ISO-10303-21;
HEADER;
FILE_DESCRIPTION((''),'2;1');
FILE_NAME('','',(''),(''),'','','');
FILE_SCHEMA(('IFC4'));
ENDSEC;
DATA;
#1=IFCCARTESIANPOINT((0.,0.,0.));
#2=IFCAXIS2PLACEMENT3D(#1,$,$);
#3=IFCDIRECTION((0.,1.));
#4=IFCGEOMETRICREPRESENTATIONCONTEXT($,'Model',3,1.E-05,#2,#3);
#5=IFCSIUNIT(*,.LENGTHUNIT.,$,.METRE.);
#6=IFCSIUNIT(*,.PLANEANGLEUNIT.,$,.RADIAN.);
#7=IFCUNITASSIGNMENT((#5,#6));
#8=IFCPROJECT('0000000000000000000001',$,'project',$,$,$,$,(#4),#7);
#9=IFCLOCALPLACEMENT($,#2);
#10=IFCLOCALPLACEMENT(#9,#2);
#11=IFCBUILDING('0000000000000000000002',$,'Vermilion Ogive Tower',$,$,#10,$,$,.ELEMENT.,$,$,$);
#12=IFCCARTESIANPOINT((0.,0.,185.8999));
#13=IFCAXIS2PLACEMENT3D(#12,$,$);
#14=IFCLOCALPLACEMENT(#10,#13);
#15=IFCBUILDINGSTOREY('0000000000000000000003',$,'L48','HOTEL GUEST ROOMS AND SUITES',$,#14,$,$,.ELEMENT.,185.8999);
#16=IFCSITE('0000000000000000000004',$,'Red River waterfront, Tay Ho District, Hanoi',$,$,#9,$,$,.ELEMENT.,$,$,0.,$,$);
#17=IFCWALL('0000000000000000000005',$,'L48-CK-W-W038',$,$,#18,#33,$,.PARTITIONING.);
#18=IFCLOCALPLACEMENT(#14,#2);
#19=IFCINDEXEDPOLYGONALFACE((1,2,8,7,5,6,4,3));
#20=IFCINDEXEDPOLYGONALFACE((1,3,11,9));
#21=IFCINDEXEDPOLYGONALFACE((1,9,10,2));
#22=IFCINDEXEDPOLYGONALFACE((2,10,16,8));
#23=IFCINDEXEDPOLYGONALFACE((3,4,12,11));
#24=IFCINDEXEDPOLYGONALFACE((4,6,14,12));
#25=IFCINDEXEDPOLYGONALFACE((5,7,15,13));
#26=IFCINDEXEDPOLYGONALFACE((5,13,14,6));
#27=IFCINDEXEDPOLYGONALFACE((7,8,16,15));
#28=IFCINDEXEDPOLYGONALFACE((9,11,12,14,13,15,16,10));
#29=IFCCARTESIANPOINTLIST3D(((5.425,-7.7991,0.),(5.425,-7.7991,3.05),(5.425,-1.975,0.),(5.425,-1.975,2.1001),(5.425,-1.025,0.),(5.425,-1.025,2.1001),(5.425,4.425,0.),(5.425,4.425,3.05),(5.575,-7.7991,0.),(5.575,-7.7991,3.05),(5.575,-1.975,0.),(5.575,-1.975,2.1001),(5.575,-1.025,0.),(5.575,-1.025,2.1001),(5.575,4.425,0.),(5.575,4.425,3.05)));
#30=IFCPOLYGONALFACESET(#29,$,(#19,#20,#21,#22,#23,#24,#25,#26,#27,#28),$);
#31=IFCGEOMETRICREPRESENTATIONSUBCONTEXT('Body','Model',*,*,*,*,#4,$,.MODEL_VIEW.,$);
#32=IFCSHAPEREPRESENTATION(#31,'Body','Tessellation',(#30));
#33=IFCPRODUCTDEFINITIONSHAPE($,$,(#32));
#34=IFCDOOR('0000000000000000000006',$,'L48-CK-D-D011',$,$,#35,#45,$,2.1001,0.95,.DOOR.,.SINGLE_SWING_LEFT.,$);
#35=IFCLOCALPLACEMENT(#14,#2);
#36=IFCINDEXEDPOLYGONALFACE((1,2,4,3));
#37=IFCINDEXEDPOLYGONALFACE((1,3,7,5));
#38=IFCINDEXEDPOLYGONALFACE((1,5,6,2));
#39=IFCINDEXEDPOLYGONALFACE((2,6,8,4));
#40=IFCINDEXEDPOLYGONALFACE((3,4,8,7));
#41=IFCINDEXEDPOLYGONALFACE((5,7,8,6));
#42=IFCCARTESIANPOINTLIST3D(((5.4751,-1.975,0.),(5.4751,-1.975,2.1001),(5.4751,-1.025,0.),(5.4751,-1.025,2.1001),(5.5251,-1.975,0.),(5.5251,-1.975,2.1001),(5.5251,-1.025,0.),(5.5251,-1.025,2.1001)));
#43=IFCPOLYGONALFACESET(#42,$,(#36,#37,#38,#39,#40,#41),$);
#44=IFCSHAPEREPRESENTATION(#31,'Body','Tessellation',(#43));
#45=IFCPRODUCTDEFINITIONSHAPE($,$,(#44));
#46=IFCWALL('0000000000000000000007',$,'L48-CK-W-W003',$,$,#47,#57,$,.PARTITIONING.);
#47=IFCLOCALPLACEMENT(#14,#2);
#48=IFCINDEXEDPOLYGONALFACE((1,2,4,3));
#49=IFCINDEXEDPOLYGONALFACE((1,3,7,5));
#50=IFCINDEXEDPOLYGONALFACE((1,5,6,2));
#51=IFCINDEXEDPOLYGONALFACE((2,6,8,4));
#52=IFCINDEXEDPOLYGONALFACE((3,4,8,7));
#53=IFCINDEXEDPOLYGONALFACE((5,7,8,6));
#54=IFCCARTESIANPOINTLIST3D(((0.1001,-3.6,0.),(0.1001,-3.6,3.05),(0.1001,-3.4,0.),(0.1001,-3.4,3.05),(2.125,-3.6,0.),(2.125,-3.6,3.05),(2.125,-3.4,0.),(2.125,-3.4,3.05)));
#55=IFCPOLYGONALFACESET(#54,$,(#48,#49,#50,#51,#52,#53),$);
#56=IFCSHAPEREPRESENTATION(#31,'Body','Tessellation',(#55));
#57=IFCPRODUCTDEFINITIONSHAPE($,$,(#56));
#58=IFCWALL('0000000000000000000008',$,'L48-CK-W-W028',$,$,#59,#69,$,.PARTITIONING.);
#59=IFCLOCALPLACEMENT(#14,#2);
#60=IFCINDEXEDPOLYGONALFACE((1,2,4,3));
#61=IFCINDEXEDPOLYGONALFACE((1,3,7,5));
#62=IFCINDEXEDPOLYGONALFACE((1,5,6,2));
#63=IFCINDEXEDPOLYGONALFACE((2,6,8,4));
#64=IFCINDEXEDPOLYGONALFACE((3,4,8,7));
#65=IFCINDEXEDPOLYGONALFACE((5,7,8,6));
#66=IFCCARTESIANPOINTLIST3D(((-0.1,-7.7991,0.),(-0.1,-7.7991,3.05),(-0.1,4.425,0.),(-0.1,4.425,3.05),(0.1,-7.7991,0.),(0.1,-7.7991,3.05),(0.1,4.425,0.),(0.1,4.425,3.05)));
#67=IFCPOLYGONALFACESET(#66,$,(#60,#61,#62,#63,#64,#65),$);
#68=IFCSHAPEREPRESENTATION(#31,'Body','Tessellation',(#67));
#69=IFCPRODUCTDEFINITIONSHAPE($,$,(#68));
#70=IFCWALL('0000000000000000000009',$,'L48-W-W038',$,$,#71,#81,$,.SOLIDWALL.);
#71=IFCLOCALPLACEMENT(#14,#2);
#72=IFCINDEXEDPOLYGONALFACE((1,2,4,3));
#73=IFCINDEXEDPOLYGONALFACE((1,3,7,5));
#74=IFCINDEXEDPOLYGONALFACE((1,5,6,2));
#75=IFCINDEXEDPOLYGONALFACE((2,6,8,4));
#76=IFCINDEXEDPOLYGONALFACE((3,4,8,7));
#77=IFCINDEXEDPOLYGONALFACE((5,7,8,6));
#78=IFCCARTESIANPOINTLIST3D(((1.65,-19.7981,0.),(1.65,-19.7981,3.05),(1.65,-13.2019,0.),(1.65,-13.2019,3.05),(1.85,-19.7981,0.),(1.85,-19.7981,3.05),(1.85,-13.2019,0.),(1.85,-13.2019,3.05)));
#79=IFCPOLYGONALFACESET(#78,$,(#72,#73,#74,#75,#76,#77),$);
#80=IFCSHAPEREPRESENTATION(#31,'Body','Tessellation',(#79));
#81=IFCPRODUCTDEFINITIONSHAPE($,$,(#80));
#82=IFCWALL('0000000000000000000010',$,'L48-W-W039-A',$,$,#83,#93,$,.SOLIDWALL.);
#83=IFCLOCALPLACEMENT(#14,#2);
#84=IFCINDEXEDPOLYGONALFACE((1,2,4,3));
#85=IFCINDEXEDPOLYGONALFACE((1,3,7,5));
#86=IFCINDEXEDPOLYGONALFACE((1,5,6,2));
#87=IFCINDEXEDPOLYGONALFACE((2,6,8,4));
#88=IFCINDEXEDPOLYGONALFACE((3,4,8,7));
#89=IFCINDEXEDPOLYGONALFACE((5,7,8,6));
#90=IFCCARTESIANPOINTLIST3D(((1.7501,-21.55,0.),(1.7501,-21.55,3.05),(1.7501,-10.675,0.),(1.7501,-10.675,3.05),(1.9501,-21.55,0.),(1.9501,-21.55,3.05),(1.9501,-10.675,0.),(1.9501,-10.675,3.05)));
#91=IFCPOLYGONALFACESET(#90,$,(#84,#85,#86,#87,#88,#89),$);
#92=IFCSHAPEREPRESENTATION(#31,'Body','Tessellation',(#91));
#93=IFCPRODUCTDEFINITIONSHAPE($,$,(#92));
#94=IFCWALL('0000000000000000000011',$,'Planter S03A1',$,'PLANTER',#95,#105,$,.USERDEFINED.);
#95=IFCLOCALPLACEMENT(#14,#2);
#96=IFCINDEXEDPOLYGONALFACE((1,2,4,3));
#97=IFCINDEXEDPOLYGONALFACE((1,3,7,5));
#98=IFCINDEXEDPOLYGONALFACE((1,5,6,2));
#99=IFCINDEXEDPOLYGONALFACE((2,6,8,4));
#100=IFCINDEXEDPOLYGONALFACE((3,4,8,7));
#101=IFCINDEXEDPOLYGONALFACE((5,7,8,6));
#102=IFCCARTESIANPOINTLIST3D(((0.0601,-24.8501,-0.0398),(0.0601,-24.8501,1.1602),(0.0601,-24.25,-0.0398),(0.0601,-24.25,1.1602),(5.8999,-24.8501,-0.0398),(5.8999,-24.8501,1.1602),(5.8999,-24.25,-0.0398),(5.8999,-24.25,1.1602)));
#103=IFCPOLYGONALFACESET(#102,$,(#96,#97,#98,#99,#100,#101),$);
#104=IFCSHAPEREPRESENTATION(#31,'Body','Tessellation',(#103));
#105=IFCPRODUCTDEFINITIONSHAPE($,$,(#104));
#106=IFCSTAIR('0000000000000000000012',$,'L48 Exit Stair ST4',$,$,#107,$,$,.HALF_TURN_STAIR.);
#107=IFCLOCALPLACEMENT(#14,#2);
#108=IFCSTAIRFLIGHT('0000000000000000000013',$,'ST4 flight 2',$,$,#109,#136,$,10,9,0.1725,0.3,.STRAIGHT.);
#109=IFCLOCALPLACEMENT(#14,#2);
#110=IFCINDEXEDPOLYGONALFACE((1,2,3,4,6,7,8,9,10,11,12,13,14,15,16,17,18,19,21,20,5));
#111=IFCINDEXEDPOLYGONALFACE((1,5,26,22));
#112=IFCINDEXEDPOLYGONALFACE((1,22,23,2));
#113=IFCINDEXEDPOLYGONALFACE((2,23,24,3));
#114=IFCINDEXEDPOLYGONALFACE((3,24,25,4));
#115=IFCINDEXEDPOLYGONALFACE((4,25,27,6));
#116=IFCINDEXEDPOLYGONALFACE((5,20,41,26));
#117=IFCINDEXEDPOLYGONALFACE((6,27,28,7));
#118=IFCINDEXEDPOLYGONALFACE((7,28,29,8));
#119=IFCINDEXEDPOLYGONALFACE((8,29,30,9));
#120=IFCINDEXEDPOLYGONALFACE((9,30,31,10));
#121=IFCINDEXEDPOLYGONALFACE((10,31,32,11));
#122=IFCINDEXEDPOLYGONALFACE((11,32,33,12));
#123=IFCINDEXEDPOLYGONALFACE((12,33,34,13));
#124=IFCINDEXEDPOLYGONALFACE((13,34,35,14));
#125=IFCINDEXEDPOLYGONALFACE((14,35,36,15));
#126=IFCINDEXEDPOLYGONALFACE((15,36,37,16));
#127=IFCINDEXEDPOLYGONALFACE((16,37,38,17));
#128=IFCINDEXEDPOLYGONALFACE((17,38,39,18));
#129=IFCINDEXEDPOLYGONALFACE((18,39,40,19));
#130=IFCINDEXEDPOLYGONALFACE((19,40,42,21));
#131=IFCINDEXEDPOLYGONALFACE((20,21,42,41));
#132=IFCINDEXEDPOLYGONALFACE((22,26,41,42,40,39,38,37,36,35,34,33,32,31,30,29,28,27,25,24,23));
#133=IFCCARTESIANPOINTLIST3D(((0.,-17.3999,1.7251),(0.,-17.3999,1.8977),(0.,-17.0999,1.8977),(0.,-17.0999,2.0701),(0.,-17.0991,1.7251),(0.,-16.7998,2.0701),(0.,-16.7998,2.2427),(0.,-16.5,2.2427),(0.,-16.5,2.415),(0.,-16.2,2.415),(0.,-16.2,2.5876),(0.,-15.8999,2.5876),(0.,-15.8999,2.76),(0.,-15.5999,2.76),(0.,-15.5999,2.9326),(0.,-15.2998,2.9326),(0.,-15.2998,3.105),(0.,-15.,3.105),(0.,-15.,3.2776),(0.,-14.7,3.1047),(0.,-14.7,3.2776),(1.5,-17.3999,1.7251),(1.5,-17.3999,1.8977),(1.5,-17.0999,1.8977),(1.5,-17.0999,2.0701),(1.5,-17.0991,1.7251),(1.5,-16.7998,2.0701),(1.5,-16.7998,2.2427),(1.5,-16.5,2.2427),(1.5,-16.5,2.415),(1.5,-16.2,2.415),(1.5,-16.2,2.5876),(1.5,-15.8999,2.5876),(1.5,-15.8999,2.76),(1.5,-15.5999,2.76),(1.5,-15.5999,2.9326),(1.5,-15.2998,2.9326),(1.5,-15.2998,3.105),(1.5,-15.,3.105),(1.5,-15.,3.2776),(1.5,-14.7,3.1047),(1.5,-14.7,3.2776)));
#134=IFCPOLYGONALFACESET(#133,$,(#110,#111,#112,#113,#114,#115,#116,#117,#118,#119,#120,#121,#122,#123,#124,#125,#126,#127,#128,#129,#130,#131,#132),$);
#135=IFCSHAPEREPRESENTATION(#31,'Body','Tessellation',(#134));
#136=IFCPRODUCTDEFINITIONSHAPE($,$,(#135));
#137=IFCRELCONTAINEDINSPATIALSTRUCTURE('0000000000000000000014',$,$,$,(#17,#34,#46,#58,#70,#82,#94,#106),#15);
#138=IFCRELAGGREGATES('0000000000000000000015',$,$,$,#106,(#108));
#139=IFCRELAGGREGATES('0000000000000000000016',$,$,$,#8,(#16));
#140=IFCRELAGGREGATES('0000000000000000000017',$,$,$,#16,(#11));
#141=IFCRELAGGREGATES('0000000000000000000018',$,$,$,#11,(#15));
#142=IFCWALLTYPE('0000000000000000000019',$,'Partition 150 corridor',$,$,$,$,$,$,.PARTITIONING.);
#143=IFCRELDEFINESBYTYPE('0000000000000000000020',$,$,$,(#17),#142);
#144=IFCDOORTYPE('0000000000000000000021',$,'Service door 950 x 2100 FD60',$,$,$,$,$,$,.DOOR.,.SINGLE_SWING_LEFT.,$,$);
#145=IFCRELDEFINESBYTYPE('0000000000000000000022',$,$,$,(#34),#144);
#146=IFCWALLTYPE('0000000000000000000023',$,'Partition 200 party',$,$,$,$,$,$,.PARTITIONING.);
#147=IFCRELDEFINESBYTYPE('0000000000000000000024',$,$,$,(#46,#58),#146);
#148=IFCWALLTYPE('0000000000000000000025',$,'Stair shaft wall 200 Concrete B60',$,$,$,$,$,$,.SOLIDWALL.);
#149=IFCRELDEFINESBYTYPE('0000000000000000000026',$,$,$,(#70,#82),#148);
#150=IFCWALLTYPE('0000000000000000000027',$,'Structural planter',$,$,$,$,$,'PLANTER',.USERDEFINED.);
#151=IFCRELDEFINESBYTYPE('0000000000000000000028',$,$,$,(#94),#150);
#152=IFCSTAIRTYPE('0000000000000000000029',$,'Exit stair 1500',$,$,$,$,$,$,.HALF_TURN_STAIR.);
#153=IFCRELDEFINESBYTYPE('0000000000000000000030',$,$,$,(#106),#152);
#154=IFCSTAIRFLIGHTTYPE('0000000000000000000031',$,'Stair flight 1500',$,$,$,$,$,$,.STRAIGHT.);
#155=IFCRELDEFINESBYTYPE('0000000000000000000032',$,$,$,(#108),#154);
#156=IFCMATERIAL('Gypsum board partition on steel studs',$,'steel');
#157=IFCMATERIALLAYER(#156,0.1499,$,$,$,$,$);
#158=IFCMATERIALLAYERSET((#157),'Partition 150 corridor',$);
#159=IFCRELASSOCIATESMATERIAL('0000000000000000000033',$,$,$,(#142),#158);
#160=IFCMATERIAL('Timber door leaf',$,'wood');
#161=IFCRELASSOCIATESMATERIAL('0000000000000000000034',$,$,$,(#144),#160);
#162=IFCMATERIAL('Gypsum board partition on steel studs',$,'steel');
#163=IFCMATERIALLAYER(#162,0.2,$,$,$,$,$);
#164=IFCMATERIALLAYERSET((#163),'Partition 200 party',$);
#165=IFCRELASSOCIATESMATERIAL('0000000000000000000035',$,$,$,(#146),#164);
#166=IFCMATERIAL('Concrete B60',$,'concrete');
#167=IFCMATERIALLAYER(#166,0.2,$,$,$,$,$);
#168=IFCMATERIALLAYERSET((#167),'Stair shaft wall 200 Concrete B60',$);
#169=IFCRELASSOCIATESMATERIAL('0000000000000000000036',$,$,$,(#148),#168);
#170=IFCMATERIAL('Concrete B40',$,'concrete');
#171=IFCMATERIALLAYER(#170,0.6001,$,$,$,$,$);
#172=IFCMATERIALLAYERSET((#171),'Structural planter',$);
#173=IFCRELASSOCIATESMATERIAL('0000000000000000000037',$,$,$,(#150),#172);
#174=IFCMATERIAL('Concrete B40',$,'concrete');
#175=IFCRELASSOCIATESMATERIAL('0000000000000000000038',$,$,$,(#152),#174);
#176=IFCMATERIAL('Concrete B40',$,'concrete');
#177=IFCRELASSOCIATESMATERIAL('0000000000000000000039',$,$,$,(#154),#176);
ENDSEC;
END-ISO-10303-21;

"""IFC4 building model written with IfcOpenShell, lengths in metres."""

from ifc_helpers import new_model, si_unit, direction, frame, frame_2d, origin, place, context, subcontext, project, spatial, polyline, rectangle, outline, extrude, material, layer, layer_set, type_object, element, fill, aggregate, save


model = new_model("IFC4")

# Units and contexts
model_context = context("Model", 3, precision=1e-05, world=origin(), true_north=direction((0.0, 1.0)))
body_context = subcontext(model_context, "Body", "Model", "MODEL_VIEW")
ifc_project = project(units=[si_unit("LENGTHUNIT", "METRE"), si_unit("PLANEANGLEUNIT", "RADIAN")], contexts=[model_context])

# Site, building, storey
site_placement = place(None, origin())
site = spatial("IfcSite", under=ifc_project, at=site_placement, Name="Red River waterfront, Tay Ho District, Hanoi", CompositionType="ELEMENT", RefElevation=0.0)
building_placement = place(site_placement, origin())
building = spatial("IfcBuilding", under=site, at=building_placement, Name="Vermilion Ogive Tower", CompositionType="ELEMENT")
storey_placement = place(building_placement, frame((0.0, 0.0, 185.8999)))
storey = spatial("IfcBuildingStorey", under=building, at=storey_placement, Name="L48", Description="HOTEL GUEST ROOMS AND SUITES", CompositionType="ELEMENT", Elevation=185.8999)

# Shared definitions
ifc_material_1 = material(Name="Gypsum board partition on steel studs", Category="steel")
ifc_layer_1 = layer(ifc_material_1, 0.1499)
ifc_layer_set_1 = layer_set([ifc_layer_1], Name="Partition 150 corridor")
wall_type_1 = type_object("IfcWallType", Name="Partition 150 corridor", PredefinedType="PARTITIONING", material=ifc_layer_set_1)
ifc_material_2 = material(Name="Timber door leaf", Category="wood")
door_type_1 = type_object("IfcDoorType", Name="Service door 950 x 2100 FD60", OperationType="SINGLE_SWING_LEFT", PredefinedType="DOOR", material=ifc_material_2)

# Wall, opening, door
wall_1_placement = place(storey_placement, frame((5.5, -7.7991, 0.0), z_axis=(0.0, 0.0, 1.0), x_axis=(0.0, 1.0, 0.0)))
wall_1 = element("IfcWall", 1, at=wall_1_placement, inside=storey, type_object=wall_type_1, Name="L48-CK-W-W038", PredefinedType="PARTITIONING", context=body_context, shape_type="SweptSolid", body=[
    extrude(rectangle(XDim=12.2241, YDim=0.1499, at=frame_2d((6.1121, 0.0))), origin(), (0.0, 0.0, 1.0), 3.05),
])
opening_1_placement = place(wall_1_placement, frame((5.824, 0.0, 0.0)))
opening_1 = element("IfcOpeningElement", 2, at=opening_1_placement, cuts=wall_1, PredefinedType="OPENING", context=body_context, shape_type="SweptSolid", body=[
    extrude(rectangle(XDim=0.95, YDim=2.1001, at=frame_2d((0.4751, 1.05))), frame((0.0, 0.085, 0.0), z_axis=(0.0, -1.0, 0.0), x_axis=(1.0, 0.0, 0.0)), (0.0, 0.0, 1.0), 0.1699),
])
door_1_placement = place(opening_1_placement, origin())
door_1 = element("IfcDoor", 3, at=door_1_placement, inside=storey, type_object=door_type_1, Name="L48-CK-D-D011", OperationType="SINGLE_SWING_LEFT", OverallHeight=2.1001, OverallWidth=0.95, PredefinedType="DOOR", context=body_context, shape_type="SweptSolid", body=[
    extrude(rectangle(XDim=0.95, YDim=2.1001, at=frame_2d((0.4751, 1.05))), frame((0.0, 0.0249, 0.0), z_axis=(0.0, -1.0, 0.0), x_axis=(1.0, 0.0, 0.0)), (0.0, 0.0, 1.0), 0.05),
])
fill(opening_1, door_1)

# Walls
ifc_material_3 = material(Name="Gypsum board partition on steel studs", Category="steel")
ifc_layer_2 = layer(ifc_material_3, 0.2)
ifc_layer_set_2 = layer_set([ifc_layer_2], Name="Partition 200 party")
wall_type_2 = type_object("IfcWallType", Name="Partition 200 party", PredefinedType="PARTITIONING", material=ifc_layer_set_2)
wall_2_placement = place(storey_placement, frame((0.1001, -3.5, 0.0), z_axis=(0.0, 0.0, 1.0), x_axis=(1.0, 0.0, 0.0)))
element("IfcWall", 4, at=wall_2_placement, inside=storey, type_object=wall_type_2, Name="L48-CK-W-W003", PredefinedType="PARTITIONING", context=body_context, shape_type="SweptSolid", body=[
    extrude(rectangle(XDim=2.0249, YDim=0.2, at=frame_2d((1.0125, 0.0))), origin(), (0.0, 0.0, 1.0), 3.05),
])
wall_3_placement = place(storey_placement, frame((0.0, -7.7991, 0.0), z_axis=(0.0, 0.0, 1.0), x_axis=(0.0, 1.0, 0.0)))
element("IfcWall", 5, at=wall_3_placement, inside=storey, type_object=wall_type_2, Name="L48-CK-W-W028", PredefinedType="PARTITIONING", context=body_context, shape_type="SweptSolid", body=[
    extrude(rectangle(XDim=12.2241, YDim=0.2, at=frame_2d((6.1121, 0.0))), origin(), (0.0, 0.0, 1.0), 3.05),
])
ifc_material_4 = material(Name="Concrete B60", Category="concrete")
ifc_layer_3 = layer(ifc_material_4, 0.2)
ifc_layer_set_3 = layer_set([ifc_layer_3], Name="Stair shaft wall 200 Concrete B60")
wall_type_3 = type_object("IfcWallType", Name="Stair shaft wall 200 Concrete B60", PredefinedType="SOLIDWALL", material=ifc_layer_set_3)
wall_4_placement = place(storey_placement, frame((1.75, -19.7981, 0.0), z_axis=(0.0, 0.0, 1.0), x_axis=(0.0, 1.0, 0.0)))
element("IfcWall", 6, at=wall_4_placement, inside=storey, type_object=wall_type_3, Name="L48-W-W038", PredefinedType="SOLIDWALL", context=body_context, shape_type="SweptSolid", body=[
    extrude(rectangle(XDim=6.5962, YDim=0.2, at=frame_2d((3.2981, 0.0))), origin(), (0.0, 0.0, 1.0), 3.05),
])
wall_5_placement = place(storey_placement, frame((1.8501, -21.55, 0.0), z_axis=(0.0, 0.0, 1.0), x_axis=(0.0, 1.0, 0.0)))
element("IfcWall", 7, at=wall_5_placement, inside=storey, type_object=wall_type_3, Name="L48-W-W039-A", PredefinedType="SOLIDWALL", context=body_context, shape_type="SweptSolid", body=[
    extrude(rectangle(XDim=10.875, YDim=0.2, at=frame_2d((5.4375, 0.0))), origin(), (0.0, 0.0, 1.0), 3.05),
])
ifc_material_5 = material(Name="Concrete B40", Category="concrete")
ifc_layer_4 = layer(ifc_material_5, 0.6001)
ifc_layer_set_4 = layer_set([ifc_layer_4], Name="Structural planter")
wall_type_4 = type_object("IfcWallType", Name="Structural planter", ElementType="PLANTER", PredefinedType="USERDEFINED", material=ifc_layer_set_4)
wall_6_placement = place(storey_placement, frame((0.0601, -24.55, -0.0398), z_axis=(0.0, 0.0, 1.0), x_axis=(1.0, 0.0, 0.0)))
element("IfcWall", 8, at=wall_6_placement, inside=storey, type_object=wall_type_4, Name="Planter S03A1", ObjectType="PLANTER", PredefinedType="USERDEFINED", context=body_context, shape_type="SweptSolid", body=[
    extrude(rectangle(XDim=5.8398, YDim=0.6001, at=frame_2d((2.9199, 0.0))), origin(), (0.0, 0.0, 1.0), 1.2),
])

# Stair, stair flight
ifc_material_6 = material(Name="Concrete B40", Category="concrete")
stair_type = type_object("IfcStairType", Name="Exit stair 1500", PredefinedType="HALF_TURN_STAIR", material=ifc_material_6)
stair_placement = place(storey_placement, origin())
stair = element("IfcStair", 9, at=stair_placement, inside=storey, type_object=stair_type, Name="L48 Exit Stair ST4", PredefinedType="HALF_TURN_STAIR")
ifc_material_7 = material(Name="Concrete B40", Category="concrete")
stair_flight_type = type_object("IfcStairFlightType", Name="Stair flight 1500", PredefinedType="STRAIGHT", material=ifc_material_7)
stair_flight_placement = place(storey_placement, frame((0.75, -17.3999, 1.7251), z_axis=(0.0, 0.0, 1.0), x_axis=(0.0, 1.0, 0.0)))
stair_flight = element("IfcStairFlight", 10, at=stair_flight_placement, type_object=stair_flight_type, Name="ST4 flight 2", NumberOfRisers=10, NumberOfTreads=9, PredefinedType="STRAIGHT", RiserHeight=0.1725, TreadLength=0.3, context=body_context, shape_type="SweptSolid", body=[
    extrude(outline(polyline([(0.0, 0.0), (0.0, 0.1726), (0.3, 0.1726), (0.3, 0.345), (0.6001, 0.345), (0.6001, 0.5176), (0.8999, 0.5176), (0.8999, 0.6899), (1.2, 0.6899), (1.2, 0.8625), (1.5, 0.8625), (1.5, 1.0349), (1.8, 1.0349), (1.8, 1.2075), (2.1001, 1.2075), (2.1001, 1.3799), (2.3999, 1.3799), (2.3999, 1.5525), (2.7, 1.5525), (2.7, 1.7251), (2.7, 1.3796), (0.3008, 0.0), (0.0, 0.0)])), frame((0.0, 0.75, 0.0), z_axis=(0.0, -1.0, 0.0), x_axis=(1.0, 0.0, 0.0)), (0.0, 0.0, 1.0), 1.5),
])
aggregate(stair, [stair_flight])

save(model, "model.ifc")
